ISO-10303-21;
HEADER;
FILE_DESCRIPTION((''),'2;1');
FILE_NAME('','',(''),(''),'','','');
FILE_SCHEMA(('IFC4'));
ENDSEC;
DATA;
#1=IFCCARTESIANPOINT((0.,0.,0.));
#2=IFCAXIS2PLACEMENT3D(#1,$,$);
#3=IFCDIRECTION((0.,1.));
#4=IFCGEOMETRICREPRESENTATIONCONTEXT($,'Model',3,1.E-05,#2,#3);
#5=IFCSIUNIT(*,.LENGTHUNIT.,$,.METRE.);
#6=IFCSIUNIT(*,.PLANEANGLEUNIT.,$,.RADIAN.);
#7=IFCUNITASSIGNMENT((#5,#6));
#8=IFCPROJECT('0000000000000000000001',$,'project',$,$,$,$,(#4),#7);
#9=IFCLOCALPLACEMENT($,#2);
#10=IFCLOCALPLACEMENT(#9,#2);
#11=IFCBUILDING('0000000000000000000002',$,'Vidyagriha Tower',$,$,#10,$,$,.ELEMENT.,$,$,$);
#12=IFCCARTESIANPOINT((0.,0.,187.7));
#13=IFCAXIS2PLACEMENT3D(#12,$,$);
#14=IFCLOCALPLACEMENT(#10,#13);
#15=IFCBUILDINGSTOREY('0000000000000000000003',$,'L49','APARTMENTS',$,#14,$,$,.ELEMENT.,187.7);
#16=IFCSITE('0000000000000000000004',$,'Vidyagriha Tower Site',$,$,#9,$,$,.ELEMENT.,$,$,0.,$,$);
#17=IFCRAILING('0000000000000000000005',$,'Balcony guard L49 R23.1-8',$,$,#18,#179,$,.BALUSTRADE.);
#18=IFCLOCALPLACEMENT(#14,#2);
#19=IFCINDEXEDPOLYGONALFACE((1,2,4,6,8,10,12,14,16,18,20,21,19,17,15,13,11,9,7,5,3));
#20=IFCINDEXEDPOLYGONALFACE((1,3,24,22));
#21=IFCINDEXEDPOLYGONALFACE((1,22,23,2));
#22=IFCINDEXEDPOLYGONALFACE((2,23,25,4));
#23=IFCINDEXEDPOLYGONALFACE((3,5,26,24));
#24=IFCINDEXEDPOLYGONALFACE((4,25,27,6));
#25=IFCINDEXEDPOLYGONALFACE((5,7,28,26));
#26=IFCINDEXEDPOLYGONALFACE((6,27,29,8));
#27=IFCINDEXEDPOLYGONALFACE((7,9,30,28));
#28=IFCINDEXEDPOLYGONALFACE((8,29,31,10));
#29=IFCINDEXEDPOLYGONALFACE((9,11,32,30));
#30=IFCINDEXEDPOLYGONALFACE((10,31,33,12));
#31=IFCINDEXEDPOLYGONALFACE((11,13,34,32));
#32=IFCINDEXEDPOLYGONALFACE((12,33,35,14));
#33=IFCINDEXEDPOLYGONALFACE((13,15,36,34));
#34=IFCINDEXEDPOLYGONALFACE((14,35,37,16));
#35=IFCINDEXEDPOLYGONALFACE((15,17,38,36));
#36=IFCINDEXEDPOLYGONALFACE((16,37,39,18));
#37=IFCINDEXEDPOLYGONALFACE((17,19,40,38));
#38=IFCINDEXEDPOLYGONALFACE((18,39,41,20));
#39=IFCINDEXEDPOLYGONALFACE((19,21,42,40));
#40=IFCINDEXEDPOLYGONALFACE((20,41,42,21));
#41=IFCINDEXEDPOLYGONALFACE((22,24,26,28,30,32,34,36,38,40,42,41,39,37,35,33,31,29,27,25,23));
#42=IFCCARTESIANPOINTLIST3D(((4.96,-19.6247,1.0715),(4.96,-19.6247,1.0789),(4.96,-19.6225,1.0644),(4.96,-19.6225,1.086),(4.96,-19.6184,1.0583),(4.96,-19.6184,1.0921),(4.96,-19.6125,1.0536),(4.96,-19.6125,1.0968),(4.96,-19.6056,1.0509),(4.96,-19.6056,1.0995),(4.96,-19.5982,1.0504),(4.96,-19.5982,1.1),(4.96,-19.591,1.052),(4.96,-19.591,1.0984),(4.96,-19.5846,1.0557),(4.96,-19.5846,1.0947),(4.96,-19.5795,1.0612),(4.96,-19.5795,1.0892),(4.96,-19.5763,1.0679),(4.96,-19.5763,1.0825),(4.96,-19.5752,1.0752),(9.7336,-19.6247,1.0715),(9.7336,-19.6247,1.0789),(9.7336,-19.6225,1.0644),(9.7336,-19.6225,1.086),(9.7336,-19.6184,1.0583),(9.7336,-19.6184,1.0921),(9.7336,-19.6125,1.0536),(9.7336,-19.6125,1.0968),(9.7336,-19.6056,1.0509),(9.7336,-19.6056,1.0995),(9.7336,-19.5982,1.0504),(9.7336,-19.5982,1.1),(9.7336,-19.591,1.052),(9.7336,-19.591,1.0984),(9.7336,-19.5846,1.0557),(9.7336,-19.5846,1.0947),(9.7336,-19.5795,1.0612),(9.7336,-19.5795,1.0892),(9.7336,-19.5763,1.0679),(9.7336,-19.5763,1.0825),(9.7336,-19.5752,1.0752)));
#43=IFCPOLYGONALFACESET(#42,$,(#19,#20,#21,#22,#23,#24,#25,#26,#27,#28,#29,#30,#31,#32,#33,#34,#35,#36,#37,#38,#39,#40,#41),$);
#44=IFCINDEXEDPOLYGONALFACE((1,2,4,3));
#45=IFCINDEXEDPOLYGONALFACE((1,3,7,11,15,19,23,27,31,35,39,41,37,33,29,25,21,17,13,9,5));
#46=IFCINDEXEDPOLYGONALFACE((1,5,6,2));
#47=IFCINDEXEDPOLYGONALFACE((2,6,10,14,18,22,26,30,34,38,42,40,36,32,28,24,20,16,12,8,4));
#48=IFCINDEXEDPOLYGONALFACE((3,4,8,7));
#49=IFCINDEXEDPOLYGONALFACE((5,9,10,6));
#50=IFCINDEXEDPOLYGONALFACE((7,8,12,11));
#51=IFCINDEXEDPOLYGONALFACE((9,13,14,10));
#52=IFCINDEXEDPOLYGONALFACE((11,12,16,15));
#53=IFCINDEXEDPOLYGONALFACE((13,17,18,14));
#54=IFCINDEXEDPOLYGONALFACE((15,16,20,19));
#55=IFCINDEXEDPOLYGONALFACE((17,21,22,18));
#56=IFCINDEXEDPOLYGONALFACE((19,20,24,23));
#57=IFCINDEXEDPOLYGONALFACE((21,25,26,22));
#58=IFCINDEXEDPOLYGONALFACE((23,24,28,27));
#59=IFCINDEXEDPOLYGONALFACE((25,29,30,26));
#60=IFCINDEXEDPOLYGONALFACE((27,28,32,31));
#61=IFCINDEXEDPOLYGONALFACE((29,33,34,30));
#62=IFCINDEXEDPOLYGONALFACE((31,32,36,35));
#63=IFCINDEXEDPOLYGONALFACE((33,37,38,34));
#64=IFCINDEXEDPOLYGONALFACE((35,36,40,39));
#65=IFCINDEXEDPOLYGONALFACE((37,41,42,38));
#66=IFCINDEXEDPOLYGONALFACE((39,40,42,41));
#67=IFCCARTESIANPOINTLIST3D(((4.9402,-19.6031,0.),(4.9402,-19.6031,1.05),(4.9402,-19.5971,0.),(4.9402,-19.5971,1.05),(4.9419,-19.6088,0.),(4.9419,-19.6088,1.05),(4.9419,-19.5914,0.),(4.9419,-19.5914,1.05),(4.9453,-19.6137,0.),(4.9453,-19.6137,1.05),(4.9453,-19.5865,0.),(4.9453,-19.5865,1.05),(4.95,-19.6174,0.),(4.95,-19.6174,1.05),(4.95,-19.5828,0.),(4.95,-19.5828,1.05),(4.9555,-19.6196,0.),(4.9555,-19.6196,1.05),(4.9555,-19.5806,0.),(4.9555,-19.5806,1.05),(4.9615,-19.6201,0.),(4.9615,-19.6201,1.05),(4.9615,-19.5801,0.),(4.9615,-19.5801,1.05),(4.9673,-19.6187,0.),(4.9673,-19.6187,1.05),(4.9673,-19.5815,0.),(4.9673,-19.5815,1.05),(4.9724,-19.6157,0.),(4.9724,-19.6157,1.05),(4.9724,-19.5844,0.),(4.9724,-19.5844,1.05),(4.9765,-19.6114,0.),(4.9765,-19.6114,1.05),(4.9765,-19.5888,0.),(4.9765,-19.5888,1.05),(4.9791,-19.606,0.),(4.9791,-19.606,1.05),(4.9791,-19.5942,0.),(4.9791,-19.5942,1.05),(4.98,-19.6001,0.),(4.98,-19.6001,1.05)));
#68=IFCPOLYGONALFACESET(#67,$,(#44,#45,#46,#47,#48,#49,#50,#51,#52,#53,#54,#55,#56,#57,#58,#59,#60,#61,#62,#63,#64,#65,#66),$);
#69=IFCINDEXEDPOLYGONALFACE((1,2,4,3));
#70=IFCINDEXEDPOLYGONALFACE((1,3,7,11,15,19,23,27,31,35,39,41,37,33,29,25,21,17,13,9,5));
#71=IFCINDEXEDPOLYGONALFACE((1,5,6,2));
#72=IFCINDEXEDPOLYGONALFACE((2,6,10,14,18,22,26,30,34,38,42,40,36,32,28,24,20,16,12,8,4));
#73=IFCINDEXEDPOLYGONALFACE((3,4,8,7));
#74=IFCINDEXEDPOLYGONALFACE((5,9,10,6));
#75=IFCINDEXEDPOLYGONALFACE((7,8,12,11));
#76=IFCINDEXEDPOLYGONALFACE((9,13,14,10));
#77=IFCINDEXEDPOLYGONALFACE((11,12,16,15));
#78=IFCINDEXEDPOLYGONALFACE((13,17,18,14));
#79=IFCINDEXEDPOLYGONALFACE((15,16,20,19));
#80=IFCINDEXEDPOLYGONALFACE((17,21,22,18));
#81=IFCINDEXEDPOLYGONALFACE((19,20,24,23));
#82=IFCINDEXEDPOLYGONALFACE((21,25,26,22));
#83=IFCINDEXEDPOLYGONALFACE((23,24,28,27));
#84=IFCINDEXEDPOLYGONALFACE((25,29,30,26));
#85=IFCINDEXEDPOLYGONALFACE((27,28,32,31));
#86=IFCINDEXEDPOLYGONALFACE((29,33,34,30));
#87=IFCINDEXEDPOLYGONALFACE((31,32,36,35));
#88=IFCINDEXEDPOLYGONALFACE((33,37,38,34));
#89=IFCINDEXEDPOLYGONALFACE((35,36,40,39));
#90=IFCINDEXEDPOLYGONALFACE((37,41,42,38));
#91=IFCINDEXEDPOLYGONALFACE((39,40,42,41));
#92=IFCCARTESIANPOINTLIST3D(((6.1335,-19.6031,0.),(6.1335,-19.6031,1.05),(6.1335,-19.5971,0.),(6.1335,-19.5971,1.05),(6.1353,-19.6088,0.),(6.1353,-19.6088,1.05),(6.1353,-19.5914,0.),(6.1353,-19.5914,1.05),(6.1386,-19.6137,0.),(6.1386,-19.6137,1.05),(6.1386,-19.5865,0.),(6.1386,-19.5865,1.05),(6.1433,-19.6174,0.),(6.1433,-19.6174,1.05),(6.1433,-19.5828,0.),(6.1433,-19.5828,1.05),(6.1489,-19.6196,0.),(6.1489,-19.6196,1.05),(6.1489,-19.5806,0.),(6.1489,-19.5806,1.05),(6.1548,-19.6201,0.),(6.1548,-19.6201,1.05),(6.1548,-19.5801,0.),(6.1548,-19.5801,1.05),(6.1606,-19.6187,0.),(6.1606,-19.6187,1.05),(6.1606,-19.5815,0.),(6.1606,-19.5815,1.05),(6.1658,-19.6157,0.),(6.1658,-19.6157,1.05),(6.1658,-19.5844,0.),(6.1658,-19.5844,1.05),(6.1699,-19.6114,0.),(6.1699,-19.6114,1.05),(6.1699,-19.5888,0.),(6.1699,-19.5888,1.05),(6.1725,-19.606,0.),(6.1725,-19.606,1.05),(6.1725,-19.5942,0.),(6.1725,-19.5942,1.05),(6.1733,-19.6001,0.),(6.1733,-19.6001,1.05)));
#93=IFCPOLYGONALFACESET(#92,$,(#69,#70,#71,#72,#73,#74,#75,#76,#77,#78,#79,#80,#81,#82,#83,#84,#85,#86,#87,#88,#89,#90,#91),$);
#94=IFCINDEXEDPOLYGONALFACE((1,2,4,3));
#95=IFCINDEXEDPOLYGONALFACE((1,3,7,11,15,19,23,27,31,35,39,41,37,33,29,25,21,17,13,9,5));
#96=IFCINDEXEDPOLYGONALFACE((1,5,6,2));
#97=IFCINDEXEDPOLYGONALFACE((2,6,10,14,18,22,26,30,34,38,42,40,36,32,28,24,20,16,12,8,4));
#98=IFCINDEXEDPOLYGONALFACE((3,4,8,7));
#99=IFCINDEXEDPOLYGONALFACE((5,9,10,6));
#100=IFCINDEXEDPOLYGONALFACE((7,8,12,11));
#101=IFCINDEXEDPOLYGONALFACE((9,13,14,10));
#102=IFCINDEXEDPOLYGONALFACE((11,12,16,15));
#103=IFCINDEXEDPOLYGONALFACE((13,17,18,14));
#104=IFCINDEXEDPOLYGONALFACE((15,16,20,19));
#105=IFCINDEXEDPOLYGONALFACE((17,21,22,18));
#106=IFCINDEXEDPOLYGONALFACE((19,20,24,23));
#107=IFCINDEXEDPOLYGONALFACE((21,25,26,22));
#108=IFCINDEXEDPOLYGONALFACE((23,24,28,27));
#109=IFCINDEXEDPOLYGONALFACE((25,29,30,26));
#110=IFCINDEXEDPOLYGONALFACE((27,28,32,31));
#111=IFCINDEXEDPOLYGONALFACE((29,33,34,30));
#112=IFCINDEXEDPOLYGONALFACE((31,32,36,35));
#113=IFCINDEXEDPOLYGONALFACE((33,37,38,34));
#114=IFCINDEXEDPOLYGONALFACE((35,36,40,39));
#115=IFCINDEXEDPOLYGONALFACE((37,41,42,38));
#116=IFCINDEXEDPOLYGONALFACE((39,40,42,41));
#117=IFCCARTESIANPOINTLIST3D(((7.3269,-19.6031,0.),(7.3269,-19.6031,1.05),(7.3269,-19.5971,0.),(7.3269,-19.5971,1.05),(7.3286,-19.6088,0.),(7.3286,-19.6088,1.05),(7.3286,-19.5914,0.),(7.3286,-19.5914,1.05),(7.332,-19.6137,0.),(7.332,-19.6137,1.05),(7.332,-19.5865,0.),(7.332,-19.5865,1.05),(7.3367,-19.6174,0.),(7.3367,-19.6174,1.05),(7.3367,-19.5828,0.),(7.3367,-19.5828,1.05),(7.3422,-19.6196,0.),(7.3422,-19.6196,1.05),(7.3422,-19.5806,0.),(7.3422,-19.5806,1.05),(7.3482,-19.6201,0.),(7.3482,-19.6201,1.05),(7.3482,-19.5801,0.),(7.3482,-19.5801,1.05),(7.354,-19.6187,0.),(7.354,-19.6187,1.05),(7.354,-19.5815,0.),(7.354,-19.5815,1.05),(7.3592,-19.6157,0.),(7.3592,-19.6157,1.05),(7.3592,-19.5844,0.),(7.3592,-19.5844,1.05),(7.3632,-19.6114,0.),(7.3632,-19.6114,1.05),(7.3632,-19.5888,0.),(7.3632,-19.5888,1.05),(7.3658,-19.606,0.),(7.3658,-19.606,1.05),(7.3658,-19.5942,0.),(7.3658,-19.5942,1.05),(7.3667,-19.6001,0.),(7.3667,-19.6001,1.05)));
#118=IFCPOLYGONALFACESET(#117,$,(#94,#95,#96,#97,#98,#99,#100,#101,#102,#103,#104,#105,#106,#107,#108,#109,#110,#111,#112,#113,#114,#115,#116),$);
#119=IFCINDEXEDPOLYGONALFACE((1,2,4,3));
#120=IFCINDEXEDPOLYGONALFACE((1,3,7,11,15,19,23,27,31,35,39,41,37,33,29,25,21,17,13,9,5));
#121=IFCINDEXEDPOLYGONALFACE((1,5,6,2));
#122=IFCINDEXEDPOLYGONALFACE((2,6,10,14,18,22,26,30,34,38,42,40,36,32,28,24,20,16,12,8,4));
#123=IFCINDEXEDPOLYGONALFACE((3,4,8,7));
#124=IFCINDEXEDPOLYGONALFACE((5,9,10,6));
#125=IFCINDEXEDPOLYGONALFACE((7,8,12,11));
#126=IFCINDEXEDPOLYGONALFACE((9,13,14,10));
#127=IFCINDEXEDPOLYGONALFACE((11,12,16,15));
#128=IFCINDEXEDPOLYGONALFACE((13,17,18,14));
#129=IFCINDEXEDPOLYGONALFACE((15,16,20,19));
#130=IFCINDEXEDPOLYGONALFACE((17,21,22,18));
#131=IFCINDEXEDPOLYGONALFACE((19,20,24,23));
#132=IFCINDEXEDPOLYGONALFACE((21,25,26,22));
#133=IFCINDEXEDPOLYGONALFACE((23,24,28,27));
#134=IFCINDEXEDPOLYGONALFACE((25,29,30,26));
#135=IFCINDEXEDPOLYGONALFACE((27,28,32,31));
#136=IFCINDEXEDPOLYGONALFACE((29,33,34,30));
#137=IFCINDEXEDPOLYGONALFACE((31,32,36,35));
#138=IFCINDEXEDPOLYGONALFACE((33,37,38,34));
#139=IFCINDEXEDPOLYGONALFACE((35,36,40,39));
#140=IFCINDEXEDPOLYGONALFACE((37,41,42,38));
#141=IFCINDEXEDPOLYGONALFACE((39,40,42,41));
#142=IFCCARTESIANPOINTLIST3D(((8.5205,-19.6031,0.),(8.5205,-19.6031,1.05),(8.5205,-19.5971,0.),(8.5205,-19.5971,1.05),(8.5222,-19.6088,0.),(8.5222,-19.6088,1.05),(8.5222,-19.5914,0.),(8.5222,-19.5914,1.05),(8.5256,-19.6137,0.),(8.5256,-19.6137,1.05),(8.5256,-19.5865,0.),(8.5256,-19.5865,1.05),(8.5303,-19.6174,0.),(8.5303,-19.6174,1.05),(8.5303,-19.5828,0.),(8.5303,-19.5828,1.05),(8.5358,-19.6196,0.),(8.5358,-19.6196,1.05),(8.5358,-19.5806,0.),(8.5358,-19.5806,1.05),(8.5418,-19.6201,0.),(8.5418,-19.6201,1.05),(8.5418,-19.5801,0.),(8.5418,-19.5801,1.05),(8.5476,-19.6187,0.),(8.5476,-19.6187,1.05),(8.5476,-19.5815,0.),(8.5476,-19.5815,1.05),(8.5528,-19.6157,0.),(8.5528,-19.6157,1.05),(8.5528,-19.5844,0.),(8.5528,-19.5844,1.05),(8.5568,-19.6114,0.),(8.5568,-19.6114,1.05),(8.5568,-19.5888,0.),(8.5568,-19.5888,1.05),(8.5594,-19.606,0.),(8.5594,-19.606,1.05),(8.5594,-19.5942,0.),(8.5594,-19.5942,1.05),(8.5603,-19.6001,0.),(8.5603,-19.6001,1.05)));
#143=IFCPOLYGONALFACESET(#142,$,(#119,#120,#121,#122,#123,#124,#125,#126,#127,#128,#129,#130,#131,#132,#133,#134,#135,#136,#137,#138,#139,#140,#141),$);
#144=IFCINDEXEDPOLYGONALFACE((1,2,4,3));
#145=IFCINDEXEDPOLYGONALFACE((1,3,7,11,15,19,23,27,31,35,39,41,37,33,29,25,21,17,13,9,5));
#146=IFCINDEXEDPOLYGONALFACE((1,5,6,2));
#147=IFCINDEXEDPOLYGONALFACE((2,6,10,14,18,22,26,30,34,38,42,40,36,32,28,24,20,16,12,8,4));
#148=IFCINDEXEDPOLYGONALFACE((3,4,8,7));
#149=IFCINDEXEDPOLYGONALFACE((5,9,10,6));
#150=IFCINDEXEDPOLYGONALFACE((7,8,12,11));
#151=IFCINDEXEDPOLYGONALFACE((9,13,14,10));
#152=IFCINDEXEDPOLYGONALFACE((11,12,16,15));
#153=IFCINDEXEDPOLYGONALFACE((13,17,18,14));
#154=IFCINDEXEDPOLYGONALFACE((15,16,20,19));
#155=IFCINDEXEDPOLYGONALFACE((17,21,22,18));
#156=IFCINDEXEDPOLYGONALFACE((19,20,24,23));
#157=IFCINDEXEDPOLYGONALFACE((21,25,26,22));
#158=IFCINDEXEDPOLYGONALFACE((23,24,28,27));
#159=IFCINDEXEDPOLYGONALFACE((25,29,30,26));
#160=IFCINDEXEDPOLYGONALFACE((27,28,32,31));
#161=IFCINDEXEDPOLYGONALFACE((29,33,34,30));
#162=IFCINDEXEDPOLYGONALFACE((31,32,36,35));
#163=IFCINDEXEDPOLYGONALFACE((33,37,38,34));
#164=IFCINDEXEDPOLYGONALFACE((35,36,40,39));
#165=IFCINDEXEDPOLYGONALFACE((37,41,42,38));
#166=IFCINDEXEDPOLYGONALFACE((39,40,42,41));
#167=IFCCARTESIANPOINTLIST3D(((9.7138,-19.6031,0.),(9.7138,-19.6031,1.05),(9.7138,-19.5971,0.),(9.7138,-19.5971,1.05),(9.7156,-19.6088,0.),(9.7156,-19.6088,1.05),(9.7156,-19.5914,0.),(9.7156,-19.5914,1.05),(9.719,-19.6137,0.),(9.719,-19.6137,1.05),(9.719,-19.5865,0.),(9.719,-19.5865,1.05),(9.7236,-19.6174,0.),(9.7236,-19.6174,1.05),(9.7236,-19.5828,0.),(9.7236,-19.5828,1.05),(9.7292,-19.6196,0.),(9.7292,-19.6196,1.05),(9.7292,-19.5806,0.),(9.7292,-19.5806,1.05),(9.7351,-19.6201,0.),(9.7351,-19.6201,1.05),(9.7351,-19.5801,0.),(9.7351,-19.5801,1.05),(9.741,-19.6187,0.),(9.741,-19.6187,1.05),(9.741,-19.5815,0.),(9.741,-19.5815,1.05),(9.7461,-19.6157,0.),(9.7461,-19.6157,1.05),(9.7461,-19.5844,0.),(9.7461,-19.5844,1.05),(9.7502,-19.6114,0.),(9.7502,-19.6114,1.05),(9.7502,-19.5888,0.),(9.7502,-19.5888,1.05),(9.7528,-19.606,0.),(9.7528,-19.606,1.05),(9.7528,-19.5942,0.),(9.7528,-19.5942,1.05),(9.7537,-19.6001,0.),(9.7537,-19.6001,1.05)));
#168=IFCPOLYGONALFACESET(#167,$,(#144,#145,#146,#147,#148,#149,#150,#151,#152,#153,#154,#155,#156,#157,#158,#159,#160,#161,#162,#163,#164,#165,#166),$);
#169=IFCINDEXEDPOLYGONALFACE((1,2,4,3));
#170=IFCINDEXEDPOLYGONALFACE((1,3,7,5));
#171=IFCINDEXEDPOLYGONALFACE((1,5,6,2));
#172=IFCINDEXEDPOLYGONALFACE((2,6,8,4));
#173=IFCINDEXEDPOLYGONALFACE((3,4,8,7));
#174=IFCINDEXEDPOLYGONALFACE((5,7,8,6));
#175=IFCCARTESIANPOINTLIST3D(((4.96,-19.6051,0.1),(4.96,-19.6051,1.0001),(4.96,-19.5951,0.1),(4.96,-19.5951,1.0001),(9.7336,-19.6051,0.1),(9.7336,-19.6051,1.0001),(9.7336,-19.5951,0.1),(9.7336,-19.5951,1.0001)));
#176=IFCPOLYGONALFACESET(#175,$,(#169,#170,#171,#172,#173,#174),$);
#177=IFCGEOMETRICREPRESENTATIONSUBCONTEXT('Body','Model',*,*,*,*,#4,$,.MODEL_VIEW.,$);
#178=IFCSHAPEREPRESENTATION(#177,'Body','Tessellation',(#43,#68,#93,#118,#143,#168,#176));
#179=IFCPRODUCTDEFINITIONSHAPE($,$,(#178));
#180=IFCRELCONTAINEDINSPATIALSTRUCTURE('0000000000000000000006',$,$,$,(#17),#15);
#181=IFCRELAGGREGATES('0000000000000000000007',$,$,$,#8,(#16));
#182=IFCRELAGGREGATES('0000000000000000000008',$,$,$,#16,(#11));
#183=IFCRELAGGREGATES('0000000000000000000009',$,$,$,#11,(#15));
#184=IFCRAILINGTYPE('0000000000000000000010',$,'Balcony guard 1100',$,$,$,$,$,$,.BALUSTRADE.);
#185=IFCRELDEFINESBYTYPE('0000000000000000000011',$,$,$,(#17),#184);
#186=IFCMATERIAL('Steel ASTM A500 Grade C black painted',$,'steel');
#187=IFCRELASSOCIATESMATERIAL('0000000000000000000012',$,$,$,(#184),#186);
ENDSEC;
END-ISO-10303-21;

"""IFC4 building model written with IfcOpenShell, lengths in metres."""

from ifc_helpers import new_model, si_unit, direction, frame, origin, origin_2d, place, context, subcontext, project, spatial, rectangle, circle, extrude, material, type_object, element, save


model = new_model("IFC4")

# Units and contexts
model_context = context("Model", 3, precision=1e-05, world=origin(), true_north=direction((0.0, 1.0)))
body_context = subcontext(model_context, "Body", "Model", "MODEL_VIEW")
ifc_project = project(units=[si_unit("LENGTHUNIT", "METRE"), si_unit("PLANEANGLEUNIT", "RADIAN")], contexts=[model_context])

# Site, building, storey
site_placement = place(None, origin())
site = spatial("IfcSite", under=ifc_project, at=site_placement, Name="Vidyagriha Tower Site", CompositionType="ELEMENT", RefElevation=0.0)
building_placement = place(site_placement, origin())
building = spatial("IfcBuilding", under=site, at=building_placement, Name="Vidyagriha Tower", CompositionType="ELEMENT")
storey_placement = place(building_placement, frame((0.0, 0.0, 187.7)))
storey = spatial("IfcBuildingStorey", under=building, at=storey_placement, Name="L49", Description="APARTMENTS", CompositionType="ELEMENT", Elevation=187.7)

# Railing
ifc_material_1 = material(Name="Steel ASTM A500 Grade C black painted", Category="steel")
railing_type = type_object("IfcRailingType", Name="Balcony guard 1100", PredefinedType="BALUSTRADE", material=ifc_material_1)
railing_1_placement = place(storey_placement, frame((4.96, -19.6001, 0.0)))
element("IfcRailing", 1, at=railing_1_placement, inside=storey, type_object=railing_type, Name="Balcony guard L49 R23.1-8", PredefinedType="BALUSTRADE", context=body_context, shape_type="SweptSolid", body=[
    extrude(circle(Radius=0.0249, at=origin_2d()), frame((0.0, 0.0, 1.0752), z_axis=(1.0, 0.0, 0.0), x_axis=(0.0, 1.0, 0.0)), (0.0, 0.0, 1.0), 4.7737),
    extrude(circle(Radius=0.02, at=origin_2d()), origin(), (0.0, 0.0, 1.0), 1.05),
    extrude(circle(Radius=0.02, at=origin_2d()), frame((1.1934, 0.0, 0.0)), (0.0, 0.0, 1.0), 1.05),
    extrude(circle(Radius=0.02, at=origin_2d()), frame((2.3867, 0.0, 0.0)), (0.0, 0.0, 1.0), 1.05),
    extrude(circle(Radius=0.02, at=origin_2d()), frame((3.5803, 0.0, 0.0)), (0.0, 0.0, 1.0), 1.05),
    extrude(circle(Radius=0.02, at=origin_2d()), frame((4.7737, 0.0, 0.0)), (0.0, 0.0, 1.0), 1.05),
    extrude(rectangle(XDim=0.01, YDim=0.9001, at=origin_2d()), frame((0.0, 0.0, 0.55), z_axis=(1.0, 0.0, 0.0), x_axis=(0.0, 1.0, 0.0)), (0.0, 0.0, 1.0), 4.7737),
])

save(model, "model.ifc")
